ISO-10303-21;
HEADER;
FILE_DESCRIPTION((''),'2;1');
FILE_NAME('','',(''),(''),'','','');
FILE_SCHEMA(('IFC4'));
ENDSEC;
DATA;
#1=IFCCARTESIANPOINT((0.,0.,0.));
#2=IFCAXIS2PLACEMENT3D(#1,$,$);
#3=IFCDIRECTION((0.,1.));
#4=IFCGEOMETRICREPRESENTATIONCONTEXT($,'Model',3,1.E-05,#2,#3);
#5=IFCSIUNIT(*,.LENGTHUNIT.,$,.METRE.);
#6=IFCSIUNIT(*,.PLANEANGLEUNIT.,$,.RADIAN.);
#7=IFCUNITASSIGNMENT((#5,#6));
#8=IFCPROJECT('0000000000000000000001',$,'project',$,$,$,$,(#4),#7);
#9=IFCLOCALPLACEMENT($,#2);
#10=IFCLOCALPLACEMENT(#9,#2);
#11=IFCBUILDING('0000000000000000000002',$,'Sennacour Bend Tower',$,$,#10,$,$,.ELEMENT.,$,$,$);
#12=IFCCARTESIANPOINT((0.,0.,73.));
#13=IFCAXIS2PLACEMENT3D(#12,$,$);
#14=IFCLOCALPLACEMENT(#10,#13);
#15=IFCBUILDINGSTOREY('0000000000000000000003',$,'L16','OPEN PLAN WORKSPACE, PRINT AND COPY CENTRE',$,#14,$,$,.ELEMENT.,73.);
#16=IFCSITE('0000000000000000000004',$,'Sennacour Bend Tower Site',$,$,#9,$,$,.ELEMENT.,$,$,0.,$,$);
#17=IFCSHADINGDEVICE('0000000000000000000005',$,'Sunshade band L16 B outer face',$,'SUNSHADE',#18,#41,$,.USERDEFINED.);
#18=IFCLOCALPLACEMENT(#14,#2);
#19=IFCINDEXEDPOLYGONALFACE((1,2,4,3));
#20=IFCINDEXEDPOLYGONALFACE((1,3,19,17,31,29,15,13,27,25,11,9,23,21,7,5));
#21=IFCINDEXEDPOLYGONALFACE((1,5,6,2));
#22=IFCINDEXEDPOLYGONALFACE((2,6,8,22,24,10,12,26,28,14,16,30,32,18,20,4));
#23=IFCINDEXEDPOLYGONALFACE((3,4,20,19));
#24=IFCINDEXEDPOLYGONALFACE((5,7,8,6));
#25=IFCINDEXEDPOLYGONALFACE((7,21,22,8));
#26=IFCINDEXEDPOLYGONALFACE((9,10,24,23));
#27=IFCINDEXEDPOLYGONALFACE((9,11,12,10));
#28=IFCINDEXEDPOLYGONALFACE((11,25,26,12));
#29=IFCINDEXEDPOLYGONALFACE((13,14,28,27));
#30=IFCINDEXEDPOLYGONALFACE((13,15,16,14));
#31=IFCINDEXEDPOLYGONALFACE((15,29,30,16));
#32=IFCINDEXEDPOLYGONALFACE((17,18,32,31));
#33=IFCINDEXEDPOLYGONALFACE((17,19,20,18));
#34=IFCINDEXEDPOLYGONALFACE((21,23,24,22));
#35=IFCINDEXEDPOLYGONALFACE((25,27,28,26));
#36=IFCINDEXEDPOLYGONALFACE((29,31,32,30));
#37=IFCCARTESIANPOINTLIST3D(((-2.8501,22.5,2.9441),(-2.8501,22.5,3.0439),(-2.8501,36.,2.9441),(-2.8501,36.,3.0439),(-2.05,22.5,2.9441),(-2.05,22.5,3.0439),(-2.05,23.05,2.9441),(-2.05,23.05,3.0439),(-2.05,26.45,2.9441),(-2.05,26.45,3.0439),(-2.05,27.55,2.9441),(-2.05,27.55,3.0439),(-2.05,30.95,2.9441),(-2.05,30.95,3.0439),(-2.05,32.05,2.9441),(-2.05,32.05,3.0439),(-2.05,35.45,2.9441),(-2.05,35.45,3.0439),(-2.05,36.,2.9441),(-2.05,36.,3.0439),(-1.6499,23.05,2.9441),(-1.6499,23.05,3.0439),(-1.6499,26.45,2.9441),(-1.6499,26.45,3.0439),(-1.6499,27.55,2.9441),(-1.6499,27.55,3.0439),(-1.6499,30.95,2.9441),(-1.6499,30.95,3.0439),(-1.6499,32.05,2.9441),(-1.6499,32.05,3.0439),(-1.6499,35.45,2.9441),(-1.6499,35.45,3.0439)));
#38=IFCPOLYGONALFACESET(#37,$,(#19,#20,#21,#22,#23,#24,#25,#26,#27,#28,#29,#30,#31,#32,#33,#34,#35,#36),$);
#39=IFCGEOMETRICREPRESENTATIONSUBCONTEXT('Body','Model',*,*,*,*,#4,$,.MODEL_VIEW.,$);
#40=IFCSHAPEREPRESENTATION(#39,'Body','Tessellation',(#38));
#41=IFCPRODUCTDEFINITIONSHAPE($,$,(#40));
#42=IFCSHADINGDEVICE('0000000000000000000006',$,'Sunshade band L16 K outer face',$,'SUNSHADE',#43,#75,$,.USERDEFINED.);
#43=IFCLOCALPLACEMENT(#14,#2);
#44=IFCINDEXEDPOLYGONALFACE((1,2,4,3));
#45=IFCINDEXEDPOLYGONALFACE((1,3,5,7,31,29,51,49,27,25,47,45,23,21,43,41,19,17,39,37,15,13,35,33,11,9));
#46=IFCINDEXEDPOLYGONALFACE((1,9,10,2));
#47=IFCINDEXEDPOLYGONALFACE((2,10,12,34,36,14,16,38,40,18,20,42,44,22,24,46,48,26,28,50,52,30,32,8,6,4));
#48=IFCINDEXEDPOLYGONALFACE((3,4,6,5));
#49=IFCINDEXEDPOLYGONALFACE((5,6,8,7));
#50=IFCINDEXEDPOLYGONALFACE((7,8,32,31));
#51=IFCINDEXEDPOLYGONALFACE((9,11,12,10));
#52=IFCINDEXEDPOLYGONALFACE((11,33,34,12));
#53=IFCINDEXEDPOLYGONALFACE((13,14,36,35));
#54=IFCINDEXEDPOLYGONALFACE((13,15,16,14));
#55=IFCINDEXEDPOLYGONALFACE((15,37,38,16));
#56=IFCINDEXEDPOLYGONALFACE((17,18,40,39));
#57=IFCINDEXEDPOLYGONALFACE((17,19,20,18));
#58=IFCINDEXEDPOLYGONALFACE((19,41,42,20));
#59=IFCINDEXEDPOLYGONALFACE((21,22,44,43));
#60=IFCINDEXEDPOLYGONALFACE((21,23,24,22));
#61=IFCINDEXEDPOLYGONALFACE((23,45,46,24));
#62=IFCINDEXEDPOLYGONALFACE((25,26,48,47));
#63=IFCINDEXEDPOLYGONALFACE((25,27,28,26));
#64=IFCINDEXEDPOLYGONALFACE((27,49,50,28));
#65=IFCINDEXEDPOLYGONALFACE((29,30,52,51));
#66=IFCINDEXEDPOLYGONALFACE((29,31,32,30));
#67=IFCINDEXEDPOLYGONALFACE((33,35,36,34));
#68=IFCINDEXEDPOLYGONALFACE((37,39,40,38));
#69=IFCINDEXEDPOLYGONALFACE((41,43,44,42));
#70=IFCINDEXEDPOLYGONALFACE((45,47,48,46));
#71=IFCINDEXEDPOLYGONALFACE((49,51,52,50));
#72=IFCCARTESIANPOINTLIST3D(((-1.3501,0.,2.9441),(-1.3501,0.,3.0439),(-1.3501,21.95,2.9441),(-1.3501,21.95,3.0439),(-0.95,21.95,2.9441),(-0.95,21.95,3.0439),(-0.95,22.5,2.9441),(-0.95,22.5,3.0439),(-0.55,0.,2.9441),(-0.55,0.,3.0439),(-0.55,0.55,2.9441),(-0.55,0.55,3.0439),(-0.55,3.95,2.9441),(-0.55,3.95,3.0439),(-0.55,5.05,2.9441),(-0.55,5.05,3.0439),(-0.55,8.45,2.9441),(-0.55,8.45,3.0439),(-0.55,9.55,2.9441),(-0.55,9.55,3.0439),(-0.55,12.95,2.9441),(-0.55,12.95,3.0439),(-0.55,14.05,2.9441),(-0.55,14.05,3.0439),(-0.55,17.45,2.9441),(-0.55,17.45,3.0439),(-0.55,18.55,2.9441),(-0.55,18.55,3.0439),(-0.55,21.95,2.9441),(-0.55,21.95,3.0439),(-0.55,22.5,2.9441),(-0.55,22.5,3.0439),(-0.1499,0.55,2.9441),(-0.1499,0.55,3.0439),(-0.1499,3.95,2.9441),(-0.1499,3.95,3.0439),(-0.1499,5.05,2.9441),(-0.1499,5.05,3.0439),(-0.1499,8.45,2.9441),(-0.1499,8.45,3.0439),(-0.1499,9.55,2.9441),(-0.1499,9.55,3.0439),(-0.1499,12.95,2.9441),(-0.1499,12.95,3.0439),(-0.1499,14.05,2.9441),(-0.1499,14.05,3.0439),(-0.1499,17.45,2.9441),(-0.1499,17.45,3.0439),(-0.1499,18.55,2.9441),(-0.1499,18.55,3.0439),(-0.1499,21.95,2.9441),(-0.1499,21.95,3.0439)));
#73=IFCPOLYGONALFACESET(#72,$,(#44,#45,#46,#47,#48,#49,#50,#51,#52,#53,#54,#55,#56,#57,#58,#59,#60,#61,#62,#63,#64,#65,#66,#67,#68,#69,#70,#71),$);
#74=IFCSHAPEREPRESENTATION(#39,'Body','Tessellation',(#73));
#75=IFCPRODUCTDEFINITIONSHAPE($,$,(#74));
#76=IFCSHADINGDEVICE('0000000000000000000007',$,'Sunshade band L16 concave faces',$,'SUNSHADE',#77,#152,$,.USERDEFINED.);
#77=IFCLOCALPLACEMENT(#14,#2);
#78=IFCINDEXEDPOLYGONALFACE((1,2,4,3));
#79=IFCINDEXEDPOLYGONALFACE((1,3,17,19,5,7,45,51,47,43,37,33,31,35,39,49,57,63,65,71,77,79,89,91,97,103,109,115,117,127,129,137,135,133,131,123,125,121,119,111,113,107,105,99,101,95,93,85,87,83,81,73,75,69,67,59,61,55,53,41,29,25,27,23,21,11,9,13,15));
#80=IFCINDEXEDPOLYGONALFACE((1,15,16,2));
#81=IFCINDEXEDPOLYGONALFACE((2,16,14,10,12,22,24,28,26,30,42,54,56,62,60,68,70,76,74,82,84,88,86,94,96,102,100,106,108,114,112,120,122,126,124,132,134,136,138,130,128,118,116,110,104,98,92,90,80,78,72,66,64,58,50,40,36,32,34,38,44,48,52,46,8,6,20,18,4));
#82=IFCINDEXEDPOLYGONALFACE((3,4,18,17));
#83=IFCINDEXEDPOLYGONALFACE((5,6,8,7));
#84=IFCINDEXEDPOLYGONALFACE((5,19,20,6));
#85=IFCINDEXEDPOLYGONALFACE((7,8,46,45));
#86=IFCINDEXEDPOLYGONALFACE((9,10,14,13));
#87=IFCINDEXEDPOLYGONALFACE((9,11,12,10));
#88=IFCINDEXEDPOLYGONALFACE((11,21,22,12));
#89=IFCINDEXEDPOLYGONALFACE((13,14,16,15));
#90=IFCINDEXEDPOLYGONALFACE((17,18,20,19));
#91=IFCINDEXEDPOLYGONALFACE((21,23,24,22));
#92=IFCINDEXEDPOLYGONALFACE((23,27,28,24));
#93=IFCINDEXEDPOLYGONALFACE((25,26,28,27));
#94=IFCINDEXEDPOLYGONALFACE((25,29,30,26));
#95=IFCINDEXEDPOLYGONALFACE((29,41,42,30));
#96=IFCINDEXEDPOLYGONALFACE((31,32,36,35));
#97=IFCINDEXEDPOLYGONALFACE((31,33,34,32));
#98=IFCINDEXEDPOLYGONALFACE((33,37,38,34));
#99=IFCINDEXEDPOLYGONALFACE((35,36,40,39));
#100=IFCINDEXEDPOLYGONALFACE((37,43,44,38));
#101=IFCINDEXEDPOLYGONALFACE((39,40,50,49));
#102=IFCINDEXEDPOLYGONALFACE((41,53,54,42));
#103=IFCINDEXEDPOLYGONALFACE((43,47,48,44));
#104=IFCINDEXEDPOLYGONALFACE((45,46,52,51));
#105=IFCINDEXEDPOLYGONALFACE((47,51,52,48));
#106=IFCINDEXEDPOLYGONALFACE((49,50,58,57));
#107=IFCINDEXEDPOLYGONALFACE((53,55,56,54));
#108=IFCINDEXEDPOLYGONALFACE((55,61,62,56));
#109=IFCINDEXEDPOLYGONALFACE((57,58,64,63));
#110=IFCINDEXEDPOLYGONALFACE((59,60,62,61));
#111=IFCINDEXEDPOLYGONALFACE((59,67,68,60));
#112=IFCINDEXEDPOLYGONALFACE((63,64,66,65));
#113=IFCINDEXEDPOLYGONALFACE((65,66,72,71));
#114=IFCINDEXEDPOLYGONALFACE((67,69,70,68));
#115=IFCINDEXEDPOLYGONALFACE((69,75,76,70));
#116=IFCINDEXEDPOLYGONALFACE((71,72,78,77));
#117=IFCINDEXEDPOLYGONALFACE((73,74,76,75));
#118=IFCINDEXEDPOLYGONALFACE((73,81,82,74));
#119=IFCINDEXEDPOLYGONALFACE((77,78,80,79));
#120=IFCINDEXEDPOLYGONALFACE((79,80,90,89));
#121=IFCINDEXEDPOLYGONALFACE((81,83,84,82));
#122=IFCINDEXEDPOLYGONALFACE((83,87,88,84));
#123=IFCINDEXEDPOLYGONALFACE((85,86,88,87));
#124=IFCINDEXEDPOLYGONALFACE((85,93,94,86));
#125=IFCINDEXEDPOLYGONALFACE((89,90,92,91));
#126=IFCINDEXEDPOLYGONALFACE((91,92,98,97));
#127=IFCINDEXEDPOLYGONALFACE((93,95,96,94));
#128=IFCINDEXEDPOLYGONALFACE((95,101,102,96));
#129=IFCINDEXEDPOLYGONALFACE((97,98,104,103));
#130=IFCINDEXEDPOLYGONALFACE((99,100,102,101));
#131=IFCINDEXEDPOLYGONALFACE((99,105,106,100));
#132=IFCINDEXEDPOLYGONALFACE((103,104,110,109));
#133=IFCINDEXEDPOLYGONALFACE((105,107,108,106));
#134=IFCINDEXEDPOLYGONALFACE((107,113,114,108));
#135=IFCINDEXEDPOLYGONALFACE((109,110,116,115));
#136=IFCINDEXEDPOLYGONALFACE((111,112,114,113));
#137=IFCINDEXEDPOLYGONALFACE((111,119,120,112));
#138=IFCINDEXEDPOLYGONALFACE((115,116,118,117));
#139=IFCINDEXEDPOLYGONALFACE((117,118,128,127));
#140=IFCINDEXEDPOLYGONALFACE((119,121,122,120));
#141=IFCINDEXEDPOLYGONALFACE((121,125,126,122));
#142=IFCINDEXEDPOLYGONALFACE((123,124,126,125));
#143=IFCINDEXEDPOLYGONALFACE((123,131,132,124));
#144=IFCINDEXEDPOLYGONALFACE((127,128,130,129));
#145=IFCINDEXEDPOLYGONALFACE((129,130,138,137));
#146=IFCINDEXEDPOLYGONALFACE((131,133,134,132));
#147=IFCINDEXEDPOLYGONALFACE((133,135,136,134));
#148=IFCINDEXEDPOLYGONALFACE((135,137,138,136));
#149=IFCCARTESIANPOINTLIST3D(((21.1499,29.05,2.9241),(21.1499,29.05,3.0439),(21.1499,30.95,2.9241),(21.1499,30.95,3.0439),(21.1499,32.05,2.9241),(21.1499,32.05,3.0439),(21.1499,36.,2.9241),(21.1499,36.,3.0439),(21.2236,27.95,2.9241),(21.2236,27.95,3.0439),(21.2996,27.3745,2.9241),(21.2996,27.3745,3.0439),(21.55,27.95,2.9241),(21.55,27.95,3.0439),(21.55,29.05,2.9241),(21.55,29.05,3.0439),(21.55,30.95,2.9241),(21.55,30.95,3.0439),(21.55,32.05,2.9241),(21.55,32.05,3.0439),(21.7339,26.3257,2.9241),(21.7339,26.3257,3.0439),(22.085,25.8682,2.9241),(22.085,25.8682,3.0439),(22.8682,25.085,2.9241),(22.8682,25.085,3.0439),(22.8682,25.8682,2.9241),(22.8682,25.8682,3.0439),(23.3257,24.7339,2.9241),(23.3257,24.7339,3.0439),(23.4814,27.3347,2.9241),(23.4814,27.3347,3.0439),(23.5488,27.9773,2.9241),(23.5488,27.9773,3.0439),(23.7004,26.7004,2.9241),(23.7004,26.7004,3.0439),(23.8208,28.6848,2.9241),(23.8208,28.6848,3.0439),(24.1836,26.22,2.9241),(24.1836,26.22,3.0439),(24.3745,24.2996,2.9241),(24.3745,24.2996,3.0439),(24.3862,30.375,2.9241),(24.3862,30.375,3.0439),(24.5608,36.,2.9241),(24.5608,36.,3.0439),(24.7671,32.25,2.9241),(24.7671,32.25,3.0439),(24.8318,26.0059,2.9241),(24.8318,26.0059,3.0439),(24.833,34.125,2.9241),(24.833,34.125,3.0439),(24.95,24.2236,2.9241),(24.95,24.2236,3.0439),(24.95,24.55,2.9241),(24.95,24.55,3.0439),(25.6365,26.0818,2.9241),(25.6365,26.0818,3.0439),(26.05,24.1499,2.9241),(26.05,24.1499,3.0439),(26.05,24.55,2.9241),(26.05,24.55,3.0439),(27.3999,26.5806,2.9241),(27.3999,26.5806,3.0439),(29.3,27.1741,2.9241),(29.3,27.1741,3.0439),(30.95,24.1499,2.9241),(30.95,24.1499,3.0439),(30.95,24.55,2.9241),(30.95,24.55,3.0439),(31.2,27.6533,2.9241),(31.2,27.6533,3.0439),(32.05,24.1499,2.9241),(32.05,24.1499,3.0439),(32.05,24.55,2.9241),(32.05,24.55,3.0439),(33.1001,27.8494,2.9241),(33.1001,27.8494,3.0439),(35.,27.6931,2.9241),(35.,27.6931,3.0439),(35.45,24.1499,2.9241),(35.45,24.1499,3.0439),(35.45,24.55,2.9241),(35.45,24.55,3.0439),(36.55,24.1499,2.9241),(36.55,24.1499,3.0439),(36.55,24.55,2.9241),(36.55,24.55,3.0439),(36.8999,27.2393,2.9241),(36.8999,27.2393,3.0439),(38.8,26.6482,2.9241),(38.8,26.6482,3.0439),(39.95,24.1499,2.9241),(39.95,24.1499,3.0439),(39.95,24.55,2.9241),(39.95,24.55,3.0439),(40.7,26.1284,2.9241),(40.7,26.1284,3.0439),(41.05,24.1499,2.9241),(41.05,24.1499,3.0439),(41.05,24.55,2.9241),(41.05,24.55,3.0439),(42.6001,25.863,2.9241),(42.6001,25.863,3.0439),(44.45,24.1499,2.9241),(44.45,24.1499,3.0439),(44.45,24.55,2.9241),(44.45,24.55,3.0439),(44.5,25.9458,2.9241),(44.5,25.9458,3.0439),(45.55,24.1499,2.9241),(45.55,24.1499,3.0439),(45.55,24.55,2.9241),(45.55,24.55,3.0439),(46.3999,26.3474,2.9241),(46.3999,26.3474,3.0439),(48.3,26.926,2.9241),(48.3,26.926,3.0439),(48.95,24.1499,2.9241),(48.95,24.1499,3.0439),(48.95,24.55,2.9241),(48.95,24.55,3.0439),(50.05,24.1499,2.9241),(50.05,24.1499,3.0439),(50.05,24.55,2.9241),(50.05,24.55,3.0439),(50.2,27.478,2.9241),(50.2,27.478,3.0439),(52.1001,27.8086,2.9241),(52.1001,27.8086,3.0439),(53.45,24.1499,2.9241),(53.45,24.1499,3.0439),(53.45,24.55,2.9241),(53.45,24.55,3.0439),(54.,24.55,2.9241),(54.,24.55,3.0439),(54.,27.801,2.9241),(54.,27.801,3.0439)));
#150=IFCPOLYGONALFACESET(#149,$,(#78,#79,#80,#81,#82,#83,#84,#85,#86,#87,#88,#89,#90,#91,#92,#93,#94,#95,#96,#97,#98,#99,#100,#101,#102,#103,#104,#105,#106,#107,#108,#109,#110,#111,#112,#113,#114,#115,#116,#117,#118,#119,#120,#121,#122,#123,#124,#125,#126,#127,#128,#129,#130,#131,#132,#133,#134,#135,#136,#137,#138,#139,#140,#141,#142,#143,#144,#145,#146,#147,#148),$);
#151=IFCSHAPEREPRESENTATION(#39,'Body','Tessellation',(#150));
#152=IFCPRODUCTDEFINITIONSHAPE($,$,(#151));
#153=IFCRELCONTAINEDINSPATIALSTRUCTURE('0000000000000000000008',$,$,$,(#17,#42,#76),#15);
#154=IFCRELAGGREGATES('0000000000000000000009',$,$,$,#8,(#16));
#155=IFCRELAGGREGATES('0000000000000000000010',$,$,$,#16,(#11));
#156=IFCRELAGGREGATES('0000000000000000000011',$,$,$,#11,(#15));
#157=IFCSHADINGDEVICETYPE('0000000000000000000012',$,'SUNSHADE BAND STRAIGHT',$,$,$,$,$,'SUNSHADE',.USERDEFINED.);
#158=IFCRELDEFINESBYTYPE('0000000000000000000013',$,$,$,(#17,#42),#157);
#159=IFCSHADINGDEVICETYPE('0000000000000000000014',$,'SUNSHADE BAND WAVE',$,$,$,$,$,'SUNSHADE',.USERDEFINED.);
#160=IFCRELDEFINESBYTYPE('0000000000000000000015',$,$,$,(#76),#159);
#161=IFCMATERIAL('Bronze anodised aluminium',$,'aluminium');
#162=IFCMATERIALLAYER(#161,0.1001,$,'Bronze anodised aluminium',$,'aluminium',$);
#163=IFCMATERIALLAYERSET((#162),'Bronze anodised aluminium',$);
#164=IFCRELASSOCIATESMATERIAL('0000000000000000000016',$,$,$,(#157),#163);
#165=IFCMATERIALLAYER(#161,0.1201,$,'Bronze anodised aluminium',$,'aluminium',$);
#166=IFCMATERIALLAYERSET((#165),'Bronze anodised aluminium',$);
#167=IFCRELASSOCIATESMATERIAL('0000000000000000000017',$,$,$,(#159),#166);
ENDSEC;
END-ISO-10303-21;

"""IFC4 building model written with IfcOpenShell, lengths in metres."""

from ifc_helpers import new_model, si_unit, direction, frame, origin, place, context, subcontext, project, spatial, polyline, outline, extrude, material, layer, layer_set, type_object, element, save


model = new_model("IFC4")

# Units and contexts
model_context = context("Model", 3, precision=1e-05, world=origin(), true_north=direction((0.0, 1.0)))
body_context = subcontext(model_context, "Body", "Model", "MODEL_VIEW")
ifc_project = project(units=[si_unit("LENGTHUNIT", "METRE"), si_unit("PLANEANGLEUNIT", "RADIAN")], contexts=[model_context])

# Site, building, storey
site_placement = place(None, origin())
site = spatial("IfcSite", under=ifc_project, at=site_placement, Name="Sennacour Bend Tower Site", CompositionType="ELEMENT", RefElevation=0.0)
building_placement = place(site_placement, origin())
building = spatial("IfcBuilding", under=site, at=building_placement, Name="Sennacour Bend Tower", CompositionType="ELEMENT")
storey_placement = place(building_placement, frame((0.0, 0.0, 73.0)))
storey = spatial("IfcBuildingStorey", under=building, at=storey_placement, Name="L16", Description="OPEN PLAN WORKSPACE, PRINT AND COPY CENTRE", CompositionType="ELEMENT", Elevation=73.0)

# Shading devices
ifc_material_1 = material(Name="Bronze anodised aluminium", Category="aluminium")
ifc_layer_1 = layer(ifc_material_1, 0.1001, Name="Bronze anodised aluminium", Category="aluminium")
ifc_layer_set_1 = layer_set([ifc_layer_1], Name="Bronze anodised aluminium")
shading_device_type_1 = type_object("IfcShadingDeviceType", Name="SUNSHADE BAND STRAIGHT", ElementType="SUNSHADE", PredefinedType="USERDEFINED", material=ifc_layer_set_1)
shading_device_1_placement = place(storey_placement, frame((0.0, 0.0, 2.9441)))
element("IfcShadingDevice", 1, at=shading_device_1_placement, inside=storey, type_object=shading_device_type_1, Name="Sunshade band L16 B outer face", ObjectType="SUNSHADE", PredefinedType="USERDEFINED", context=body_context, shape_type="SweptSolid", body=[
    extrude(outline(polyline([(-1.6499, 32.05), (-2.05, 32.05), (-2.05, 30.95), (-1.6499, 30.95), (-1.6499, 27.55), (-2.05, 27.55), (-2.05, 26.45), (-1.6499, 26.45), (-1.6499, 23.05), (-2.05, 23.05), (-2.05, 22.5), (-2.8501, 22.5), (-2.8501, 36.0), (-2.05, 36.0), (-2.05, 35.45), (-1.6499, 35.45), (-1.6499, 32.05)])), origin(), (0.0, 0.0, 1.0), 0.0999),
])
shading_device_2_placement = place(storey_placement, frame((0.0, 0.0, 2.9441)))
element("IfcShadingDevice", 2, at=shading_device_2_placement, inside=storey, type_object=shading_device_type_1, Name="Sunshade band L16 K outer face", ObjectType="SUNSHADE", PredefinedType="USERDEFINED", context=body_context, shape_type="SweptSolid", body=[
    extrude(outline(polyline([(-0.1499, 18.55), (-0.55, 18.55), (-0.55, 17.45), (-0.1499, 17.45), (-0.1499, 14.05), (-0.55, 14.05), (-0.55, 12.95), (-0.1499, 12.95), (-0.1499, 9.55), (-0.55, 9.55), (-0.55, 8.45), (-0.1499, 8.45), (-0.1499, 5.05), (-0.55, 5.05), (-0.55, 3.95), (-0.1499, 3.95), (-0.1499, 0.55), (-0.55, 0.55), (-0.55, 0.0), (-1.3501, 0.0), (-1.3501, 21.95), (-0.95, 21.95), (-0.95, 22.5), (-0.55, 22.5), (-0.55, 21.95), (-0.1499, 21.95), (-0.1499, 18.55)])), origin(), (0.0, 0.0, 1.0), 0.0999),
])
ifc_layer_2 = layer(ifc_material_1, 0.1201, Name="Bronze anodised aluminium", Category="aluminium")
ifc_layer_set_2 = layer_set([ifc_layer_2], Name="Bronze anodised aluminium")
shading_device_type_2 = type_object("IfcShadingDeviceType", Name="SUNSHADE BAND WAVE", ElementType="SUNSHADE", PredefinedType="USERDEFINED", material=ifc_layer_set_2)
shading_device_3_placement = place(storey_placement, frame((0.0, 0.0, 2.9241)))
element("IfcShadingDevice", 3, at=shading_device_3_placement, inside=storey, type_object=shading_device_type_2, Name="Sunshade band L16 concave faces", ObjectType="SUNSHADE", PredefinedType="USERDEFINED", context=body_context, shape_type="SweptSolid", body=[
    extrude(outline(polyline([(53.45, 24.1499), (50.05, 24.1499), (50.05, 24.55), (48.95, 24.55), (48.95, 24.1499), (45.55, 24.1499), (45.55, 24.55), (44.45, 24.55), (44.45, 24.1499), (41.05, 24.1499), (41.05, 24.55), (39.95, 24.55), (39.95, 24.1499), (36.55, 24.1499), (36.55, 24.55), (35.45, 24.55), (35.45, 24.1499), (32.05, 24.1499), (32.05, 24.55), (30.95, 24.55), (30.95, 24.1499), (26.05, 24.1499), (26.05, 24.55), (24.95, 24.55), (24.95, 24.2236), (24.3745, 24.2996), (23.3257, 24.7339), (22.8682, 25.085), (22.8682, 25.8682), (22.085, 25.8682), (21.7339, 26.3257), (21.2996, 27.3745), (21.2236, 27.95), (21.55, 27.95), (21.55, 29.05), (21.1499, 29.05), (21.1499, 30.95), (21.55, 30.95), (21.55, 32.05), (21.1499, 32.05), (21.1499, 36.0), (24.5608, 36.0), (24.833, 34.125), (24.7671, 32.25), (24.3862, 30.375), (23.8208, 28.6848), (23.5488, 27.9773), (23.4814, 27.3347), (23.7004, 26.7004), (24.1836, 26.22), (24.8318, 26.0059), (25.6365, 26.0818), (27.3999, 26.5806), (29.3, 27.1741), (31.2, 27.6533), (33.1001, 27.8494), (35.0, 27.6931), (36.8999, 27.2393), (38.8, 26.6482), (40.7, 26.1284), (42.6001, 25.863), (44.5, 25.9458), (46.3999, 26.3474), (48.3, 26.926), (50.2, 27.478), (52.1001, 27.8086), (54.0, 27.801), (54.0, 24.55), (53.45, 24.55), (53.45, 24.1499)])), origin(), (0.0, 0.0, 1.0), 0.1199),
])

save(model, "model.ifc")
